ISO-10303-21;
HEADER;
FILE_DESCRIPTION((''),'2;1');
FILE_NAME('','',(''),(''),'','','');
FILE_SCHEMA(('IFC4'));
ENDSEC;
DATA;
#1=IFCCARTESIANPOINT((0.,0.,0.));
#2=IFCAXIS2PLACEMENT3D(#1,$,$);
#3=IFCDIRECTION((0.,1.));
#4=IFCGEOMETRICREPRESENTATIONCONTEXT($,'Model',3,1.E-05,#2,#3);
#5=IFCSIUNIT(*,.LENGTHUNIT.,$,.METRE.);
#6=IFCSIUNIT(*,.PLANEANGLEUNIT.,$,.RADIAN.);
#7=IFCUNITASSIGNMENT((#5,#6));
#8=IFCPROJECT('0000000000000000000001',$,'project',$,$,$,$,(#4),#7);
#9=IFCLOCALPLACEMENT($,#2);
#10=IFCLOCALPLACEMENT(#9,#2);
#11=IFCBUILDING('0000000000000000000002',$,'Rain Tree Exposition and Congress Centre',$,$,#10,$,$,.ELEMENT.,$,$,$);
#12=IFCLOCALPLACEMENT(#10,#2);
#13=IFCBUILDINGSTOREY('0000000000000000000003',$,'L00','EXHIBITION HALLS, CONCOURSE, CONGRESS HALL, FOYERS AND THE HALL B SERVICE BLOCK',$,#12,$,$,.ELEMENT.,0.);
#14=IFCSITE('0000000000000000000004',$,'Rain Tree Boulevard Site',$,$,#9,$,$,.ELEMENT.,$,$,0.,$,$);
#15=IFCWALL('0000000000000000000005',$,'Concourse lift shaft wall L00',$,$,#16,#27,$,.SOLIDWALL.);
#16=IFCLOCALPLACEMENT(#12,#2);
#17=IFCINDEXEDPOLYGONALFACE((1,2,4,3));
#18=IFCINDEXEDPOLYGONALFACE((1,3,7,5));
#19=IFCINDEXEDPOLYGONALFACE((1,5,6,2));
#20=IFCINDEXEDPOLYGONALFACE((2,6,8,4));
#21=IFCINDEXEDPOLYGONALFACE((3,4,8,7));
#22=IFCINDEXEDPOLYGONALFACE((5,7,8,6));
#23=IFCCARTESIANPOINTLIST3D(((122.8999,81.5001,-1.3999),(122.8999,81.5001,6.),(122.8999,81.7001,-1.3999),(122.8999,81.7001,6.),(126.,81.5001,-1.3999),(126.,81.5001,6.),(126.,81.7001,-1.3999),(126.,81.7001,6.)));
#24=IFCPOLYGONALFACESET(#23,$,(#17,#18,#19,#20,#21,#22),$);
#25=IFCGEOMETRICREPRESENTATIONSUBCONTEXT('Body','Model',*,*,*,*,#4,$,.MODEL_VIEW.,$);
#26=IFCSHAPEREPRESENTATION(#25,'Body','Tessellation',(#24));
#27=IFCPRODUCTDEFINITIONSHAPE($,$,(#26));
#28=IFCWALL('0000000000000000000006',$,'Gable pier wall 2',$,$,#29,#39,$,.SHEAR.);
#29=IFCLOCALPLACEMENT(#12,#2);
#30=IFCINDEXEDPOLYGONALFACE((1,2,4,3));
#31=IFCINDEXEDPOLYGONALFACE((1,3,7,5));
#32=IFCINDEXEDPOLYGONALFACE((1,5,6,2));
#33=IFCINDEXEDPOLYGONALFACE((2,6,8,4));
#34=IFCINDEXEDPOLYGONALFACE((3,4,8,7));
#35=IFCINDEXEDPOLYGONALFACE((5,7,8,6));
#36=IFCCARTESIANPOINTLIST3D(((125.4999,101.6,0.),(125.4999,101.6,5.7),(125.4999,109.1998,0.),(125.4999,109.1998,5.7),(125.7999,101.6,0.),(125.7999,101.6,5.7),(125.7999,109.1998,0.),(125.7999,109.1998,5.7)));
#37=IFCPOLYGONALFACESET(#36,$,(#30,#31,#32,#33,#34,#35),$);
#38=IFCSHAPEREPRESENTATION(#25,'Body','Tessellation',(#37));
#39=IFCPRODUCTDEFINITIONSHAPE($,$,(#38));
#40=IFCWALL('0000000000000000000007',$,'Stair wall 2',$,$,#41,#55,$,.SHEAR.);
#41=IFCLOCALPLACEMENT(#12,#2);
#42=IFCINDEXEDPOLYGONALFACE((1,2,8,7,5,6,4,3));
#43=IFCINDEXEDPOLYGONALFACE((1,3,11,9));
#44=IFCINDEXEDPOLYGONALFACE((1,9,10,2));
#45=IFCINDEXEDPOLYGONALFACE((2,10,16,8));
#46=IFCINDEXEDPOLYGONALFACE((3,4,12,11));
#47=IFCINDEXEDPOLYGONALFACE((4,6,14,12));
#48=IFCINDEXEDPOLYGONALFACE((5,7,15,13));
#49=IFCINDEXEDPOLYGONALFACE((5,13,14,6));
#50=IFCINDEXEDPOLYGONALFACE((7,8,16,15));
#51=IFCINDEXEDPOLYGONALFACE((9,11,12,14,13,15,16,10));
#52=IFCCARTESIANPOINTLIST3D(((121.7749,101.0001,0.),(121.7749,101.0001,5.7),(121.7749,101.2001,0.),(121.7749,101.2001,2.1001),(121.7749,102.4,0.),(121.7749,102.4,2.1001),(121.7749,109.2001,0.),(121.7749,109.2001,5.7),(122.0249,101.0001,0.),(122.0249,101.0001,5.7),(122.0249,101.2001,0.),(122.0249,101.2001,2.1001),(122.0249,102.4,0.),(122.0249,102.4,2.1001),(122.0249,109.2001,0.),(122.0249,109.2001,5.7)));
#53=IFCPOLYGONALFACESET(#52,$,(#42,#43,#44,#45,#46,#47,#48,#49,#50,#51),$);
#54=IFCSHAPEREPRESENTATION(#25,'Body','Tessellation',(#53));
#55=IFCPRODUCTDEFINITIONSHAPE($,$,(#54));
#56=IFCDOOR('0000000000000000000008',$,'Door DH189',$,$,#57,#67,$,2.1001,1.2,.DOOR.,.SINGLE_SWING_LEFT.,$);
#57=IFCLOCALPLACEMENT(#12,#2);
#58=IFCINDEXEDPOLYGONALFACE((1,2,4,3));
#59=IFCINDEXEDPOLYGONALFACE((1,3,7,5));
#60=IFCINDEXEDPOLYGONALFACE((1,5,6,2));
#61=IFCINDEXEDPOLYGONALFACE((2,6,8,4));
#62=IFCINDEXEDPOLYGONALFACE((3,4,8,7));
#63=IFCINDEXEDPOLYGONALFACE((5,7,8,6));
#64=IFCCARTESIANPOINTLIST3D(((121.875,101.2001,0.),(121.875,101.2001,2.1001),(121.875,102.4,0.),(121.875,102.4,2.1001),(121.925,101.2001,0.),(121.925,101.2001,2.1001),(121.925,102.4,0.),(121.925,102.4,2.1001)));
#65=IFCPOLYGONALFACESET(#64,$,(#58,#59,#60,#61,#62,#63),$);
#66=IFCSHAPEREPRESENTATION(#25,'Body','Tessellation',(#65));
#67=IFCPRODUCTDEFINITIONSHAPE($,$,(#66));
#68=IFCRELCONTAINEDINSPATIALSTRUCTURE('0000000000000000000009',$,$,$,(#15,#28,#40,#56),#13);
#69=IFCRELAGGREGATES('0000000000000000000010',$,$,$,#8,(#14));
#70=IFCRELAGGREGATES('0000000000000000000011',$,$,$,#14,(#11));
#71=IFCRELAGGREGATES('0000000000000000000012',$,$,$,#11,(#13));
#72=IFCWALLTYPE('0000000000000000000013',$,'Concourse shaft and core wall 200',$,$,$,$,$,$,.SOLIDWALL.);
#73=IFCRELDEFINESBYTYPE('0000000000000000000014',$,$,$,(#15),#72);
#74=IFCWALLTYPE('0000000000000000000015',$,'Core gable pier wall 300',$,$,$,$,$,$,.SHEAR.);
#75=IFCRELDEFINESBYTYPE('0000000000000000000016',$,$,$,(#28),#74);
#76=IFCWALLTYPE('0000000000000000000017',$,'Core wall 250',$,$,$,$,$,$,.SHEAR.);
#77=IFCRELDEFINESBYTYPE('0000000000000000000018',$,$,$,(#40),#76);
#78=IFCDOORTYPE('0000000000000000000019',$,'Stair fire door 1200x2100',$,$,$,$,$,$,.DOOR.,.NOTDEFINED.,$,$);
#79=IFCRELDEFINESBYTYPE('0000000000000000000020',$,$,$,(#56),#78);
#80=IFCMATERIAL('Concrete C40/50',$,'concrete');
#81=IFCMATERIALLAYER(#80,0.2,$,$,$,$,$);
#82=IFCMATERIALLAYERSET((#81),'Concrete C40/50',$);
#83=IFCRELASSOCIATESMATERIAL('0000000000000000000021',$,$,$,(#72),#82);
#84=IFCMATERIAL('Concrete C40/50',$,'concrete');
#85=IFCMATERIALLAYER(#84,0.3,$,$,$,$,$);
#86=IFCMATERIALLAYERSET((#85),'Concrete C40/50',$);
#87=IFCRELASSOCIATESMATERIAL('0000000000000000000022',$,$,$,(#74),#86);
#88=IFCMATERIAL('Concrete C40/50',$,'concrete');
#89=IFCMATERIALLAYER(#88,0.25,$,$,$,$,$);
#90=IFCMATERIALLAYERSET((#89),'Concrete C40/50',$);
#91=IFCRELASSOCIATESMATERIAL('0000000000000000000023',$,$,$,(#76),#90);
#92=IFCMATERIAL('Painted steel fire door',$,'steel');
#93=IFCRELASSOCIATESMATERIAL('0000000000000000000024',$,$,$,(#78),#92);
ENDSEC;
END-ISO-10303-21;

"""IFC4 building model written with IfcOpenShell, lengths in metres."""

from ifc_helpers import new_model, si_unit, direction, frame, frame_2d, origin, place, context, subcontext, project, spatial, rectangle, extrude, material, layer, layer_set, type_object, element, fill, save


model = new_model("IFC4")

# Units and contexts
model_context = context("Model", 3, precision=1e-05, world=origin(), true_north=direction((0.0, 1.0)))
body_context = subcontext(model_context, "Body", "Model", "MODEL_VIEW")
ifc_project = project(units=[si_unit("LENGTHUNIT", "METRE"), si_unit("PLANEANGLEUNIT", "RADIAN")], contexts=[model_context])

# Site, building, storey
site_placement = place(None, origin())
site = spatial("IfcSite", under=ifc_project, at=site_placement, Name="Rain Tree Boulevard Site", CompositionType="ELEMENT", RefElevation=0.0)
building_placement = place(site_placement, origin())
building = spatial("IfcBuilding", under=site, at=building_placement, Name="Rain Tree Exposition and Congress Centre", CompositionType="ELEMENT")
storey_placement = place(building_placement, origin())
storey = spatial("IfcBuildingStorey", under=building, at=storey_placement, Name="L00", Description="EXHIBITION HALLS, CONCOURSE, CONGRESS HALL, FOYERS AND THE HALL B SERVICE BLOCK", CompositionType="ELEMENT", Elevation=0.0)

# Walls
ifc_material_1 = material(Name="Concrete C40/50", Category="concrete")
ifc_layer_1 = layer(ifc_material_1, 0.2)
ifc_layer_set_1 = layer_set([ifc_layer_1], Name="Concrete C40/50")
wall_type_1 = type_object("IfcWallType", Name="Concourse shaft and core wall 200", PredefinedType="SOLIDWALL", material=ifc_layer_set_1)
wall_1_placement = place(storey_placement, frame((122.8999, 81.6001, -1.3999), z_axis=(0.0, 0.0, 1.0), x_axis=(1.0, 0.0, 0.0)))
element("IfcWall", 1, at=wall_1_placement, inside=storey, type_object=wall_type_1, Name="Concourse lift shaft wall L00", PredefinedType="SOLIDWALL", context=body_context, shape_type="SweptSolid", body=[
    extrude(rectangle(XDim=3.1001, YDim=0.2, at=frame_2d((1.55, 0.0))), origin(), (0.0, 0.0, 1.0), 7.3999),
])
ifc_material_2 = material(Name="Concrete C40/50", Category="concrete")
ifc_layer_2 = layer(ifc_material_2, 0.3)
ifc_layer_set_2 = layer_set([ifc_layer_2], Name="Concrete C40/50")
wall_type_2 = type_object("IfcWallType", Name="Core gable pier wall 300", PredefinedType="SHEAR", material=ifc_layer_set_2)
wall_2_placement = place(storey_placement, frame((125.6499, 101.6001, 0.0), z_axis=(0.0, 0.0, 1.0), x_axis=(0.0, 1.0, 0.0)))
element("IfcWall", 2, at=wall_2_placement, inside=storey, type_object=wall_type_2, Name="Gable pier wall 2", PredefinedType="SHEAR", context=body_context, shape_type="SweptSolid", body=[
    extrude(rectangle(XDim=7.5999, YDim=0.3, at=frame_2d((3.7998, 0.0))), origin(), (0.0, 0.0, 1.0), 5.7),
])

# Wall, opening, door
ifc_material_3 = material(Name="Concrete C40/50", Category="concrete")
ifc_layer_3 = layer(ifc_material_3, 0.25)
ifc_layer_set_3 = layer_set([ifc_layer_3], Name="Concrete C40/50")
wall_type_3 = type_object("IfcWallType", Name="Core wall 250", PredefinedType="SHEAR", material=ifc_layer_set_3)
wall_3_placement = place(storey_placement, frame((121.8999, 101.0, 0.0), z_axis=(0.0, 0.0, 1.0), x_axis=(0.0, 1.0, 0.0)))
wall_3 = element("IfcWall", 3, at=wall_3_placement, inside=storey, type_object=wall_type_3, Name="Stair wall 2", PredefinedType="SHEAR", context=body_context, shape_type="SweptSolid", body=[
    extrude(rectangle(XDim=8.2, YDim=0.25, at=frame_2d((4.1001, 0.0))), origin(), (0.0, 0.0, 1.0), 5.7),
])
opening_1_placement = place(wall_3_placement, frame((0.2, 0.0, 0.0)))
opening_1 = element("IfcOpeningElement", 4, at=opening_1_placement, cuts=wall_3, PredefinedType="OPENING", context=body_context, shape_type="SweptSolid", body=[
    extrude(rectangle(XDim=1.2, YDim=2.1001, at=frame_2d((0.6001, 1.05))), frame((0.0, 0.125, 0.0), z_axis=(0.0, -1.0, 0.0), x_axis=(1.0, 0.0, 0.0)), (0.0, 0.0, 1.0), 0.25),
])
ifc_material_4 = material(Name="Painted steel fire door", Category="steel")
door_type_1 = type_object("IfcDoorType", Name="Stair fire door 1200x2100", OperationType="NOTDEFINED", PredefinedType="DOOR", material=ifc_material_4)
door_1_placement = place(opening_1_placement, origin())
door_1 = element("IfcDoor", 5, at=door_1_placement, inside=storey, type_object=door_type_1, Name="Door DH189", OperationType="SINGLE_SWING_LEFT", OverallHeight=2.1001, OverallWidth=1.2, PredefinedType="DOOR", context=body_context, shape_type="SweptSolid", body=[
    extrude(rectangle(XDim=1.2, YDim=2.1001, at=frame_2d((0.6001, 1.05))), frame((0.0, 0.0249, 0.0), z_axis=(0.0, -1.0, 0.0), x_axis=(1.0, 0.0, 0.0)), (0.0, 0.0, 1.0), 0.05),
])
fill(opening_1, door_1)

save(model, "model.ifc")
